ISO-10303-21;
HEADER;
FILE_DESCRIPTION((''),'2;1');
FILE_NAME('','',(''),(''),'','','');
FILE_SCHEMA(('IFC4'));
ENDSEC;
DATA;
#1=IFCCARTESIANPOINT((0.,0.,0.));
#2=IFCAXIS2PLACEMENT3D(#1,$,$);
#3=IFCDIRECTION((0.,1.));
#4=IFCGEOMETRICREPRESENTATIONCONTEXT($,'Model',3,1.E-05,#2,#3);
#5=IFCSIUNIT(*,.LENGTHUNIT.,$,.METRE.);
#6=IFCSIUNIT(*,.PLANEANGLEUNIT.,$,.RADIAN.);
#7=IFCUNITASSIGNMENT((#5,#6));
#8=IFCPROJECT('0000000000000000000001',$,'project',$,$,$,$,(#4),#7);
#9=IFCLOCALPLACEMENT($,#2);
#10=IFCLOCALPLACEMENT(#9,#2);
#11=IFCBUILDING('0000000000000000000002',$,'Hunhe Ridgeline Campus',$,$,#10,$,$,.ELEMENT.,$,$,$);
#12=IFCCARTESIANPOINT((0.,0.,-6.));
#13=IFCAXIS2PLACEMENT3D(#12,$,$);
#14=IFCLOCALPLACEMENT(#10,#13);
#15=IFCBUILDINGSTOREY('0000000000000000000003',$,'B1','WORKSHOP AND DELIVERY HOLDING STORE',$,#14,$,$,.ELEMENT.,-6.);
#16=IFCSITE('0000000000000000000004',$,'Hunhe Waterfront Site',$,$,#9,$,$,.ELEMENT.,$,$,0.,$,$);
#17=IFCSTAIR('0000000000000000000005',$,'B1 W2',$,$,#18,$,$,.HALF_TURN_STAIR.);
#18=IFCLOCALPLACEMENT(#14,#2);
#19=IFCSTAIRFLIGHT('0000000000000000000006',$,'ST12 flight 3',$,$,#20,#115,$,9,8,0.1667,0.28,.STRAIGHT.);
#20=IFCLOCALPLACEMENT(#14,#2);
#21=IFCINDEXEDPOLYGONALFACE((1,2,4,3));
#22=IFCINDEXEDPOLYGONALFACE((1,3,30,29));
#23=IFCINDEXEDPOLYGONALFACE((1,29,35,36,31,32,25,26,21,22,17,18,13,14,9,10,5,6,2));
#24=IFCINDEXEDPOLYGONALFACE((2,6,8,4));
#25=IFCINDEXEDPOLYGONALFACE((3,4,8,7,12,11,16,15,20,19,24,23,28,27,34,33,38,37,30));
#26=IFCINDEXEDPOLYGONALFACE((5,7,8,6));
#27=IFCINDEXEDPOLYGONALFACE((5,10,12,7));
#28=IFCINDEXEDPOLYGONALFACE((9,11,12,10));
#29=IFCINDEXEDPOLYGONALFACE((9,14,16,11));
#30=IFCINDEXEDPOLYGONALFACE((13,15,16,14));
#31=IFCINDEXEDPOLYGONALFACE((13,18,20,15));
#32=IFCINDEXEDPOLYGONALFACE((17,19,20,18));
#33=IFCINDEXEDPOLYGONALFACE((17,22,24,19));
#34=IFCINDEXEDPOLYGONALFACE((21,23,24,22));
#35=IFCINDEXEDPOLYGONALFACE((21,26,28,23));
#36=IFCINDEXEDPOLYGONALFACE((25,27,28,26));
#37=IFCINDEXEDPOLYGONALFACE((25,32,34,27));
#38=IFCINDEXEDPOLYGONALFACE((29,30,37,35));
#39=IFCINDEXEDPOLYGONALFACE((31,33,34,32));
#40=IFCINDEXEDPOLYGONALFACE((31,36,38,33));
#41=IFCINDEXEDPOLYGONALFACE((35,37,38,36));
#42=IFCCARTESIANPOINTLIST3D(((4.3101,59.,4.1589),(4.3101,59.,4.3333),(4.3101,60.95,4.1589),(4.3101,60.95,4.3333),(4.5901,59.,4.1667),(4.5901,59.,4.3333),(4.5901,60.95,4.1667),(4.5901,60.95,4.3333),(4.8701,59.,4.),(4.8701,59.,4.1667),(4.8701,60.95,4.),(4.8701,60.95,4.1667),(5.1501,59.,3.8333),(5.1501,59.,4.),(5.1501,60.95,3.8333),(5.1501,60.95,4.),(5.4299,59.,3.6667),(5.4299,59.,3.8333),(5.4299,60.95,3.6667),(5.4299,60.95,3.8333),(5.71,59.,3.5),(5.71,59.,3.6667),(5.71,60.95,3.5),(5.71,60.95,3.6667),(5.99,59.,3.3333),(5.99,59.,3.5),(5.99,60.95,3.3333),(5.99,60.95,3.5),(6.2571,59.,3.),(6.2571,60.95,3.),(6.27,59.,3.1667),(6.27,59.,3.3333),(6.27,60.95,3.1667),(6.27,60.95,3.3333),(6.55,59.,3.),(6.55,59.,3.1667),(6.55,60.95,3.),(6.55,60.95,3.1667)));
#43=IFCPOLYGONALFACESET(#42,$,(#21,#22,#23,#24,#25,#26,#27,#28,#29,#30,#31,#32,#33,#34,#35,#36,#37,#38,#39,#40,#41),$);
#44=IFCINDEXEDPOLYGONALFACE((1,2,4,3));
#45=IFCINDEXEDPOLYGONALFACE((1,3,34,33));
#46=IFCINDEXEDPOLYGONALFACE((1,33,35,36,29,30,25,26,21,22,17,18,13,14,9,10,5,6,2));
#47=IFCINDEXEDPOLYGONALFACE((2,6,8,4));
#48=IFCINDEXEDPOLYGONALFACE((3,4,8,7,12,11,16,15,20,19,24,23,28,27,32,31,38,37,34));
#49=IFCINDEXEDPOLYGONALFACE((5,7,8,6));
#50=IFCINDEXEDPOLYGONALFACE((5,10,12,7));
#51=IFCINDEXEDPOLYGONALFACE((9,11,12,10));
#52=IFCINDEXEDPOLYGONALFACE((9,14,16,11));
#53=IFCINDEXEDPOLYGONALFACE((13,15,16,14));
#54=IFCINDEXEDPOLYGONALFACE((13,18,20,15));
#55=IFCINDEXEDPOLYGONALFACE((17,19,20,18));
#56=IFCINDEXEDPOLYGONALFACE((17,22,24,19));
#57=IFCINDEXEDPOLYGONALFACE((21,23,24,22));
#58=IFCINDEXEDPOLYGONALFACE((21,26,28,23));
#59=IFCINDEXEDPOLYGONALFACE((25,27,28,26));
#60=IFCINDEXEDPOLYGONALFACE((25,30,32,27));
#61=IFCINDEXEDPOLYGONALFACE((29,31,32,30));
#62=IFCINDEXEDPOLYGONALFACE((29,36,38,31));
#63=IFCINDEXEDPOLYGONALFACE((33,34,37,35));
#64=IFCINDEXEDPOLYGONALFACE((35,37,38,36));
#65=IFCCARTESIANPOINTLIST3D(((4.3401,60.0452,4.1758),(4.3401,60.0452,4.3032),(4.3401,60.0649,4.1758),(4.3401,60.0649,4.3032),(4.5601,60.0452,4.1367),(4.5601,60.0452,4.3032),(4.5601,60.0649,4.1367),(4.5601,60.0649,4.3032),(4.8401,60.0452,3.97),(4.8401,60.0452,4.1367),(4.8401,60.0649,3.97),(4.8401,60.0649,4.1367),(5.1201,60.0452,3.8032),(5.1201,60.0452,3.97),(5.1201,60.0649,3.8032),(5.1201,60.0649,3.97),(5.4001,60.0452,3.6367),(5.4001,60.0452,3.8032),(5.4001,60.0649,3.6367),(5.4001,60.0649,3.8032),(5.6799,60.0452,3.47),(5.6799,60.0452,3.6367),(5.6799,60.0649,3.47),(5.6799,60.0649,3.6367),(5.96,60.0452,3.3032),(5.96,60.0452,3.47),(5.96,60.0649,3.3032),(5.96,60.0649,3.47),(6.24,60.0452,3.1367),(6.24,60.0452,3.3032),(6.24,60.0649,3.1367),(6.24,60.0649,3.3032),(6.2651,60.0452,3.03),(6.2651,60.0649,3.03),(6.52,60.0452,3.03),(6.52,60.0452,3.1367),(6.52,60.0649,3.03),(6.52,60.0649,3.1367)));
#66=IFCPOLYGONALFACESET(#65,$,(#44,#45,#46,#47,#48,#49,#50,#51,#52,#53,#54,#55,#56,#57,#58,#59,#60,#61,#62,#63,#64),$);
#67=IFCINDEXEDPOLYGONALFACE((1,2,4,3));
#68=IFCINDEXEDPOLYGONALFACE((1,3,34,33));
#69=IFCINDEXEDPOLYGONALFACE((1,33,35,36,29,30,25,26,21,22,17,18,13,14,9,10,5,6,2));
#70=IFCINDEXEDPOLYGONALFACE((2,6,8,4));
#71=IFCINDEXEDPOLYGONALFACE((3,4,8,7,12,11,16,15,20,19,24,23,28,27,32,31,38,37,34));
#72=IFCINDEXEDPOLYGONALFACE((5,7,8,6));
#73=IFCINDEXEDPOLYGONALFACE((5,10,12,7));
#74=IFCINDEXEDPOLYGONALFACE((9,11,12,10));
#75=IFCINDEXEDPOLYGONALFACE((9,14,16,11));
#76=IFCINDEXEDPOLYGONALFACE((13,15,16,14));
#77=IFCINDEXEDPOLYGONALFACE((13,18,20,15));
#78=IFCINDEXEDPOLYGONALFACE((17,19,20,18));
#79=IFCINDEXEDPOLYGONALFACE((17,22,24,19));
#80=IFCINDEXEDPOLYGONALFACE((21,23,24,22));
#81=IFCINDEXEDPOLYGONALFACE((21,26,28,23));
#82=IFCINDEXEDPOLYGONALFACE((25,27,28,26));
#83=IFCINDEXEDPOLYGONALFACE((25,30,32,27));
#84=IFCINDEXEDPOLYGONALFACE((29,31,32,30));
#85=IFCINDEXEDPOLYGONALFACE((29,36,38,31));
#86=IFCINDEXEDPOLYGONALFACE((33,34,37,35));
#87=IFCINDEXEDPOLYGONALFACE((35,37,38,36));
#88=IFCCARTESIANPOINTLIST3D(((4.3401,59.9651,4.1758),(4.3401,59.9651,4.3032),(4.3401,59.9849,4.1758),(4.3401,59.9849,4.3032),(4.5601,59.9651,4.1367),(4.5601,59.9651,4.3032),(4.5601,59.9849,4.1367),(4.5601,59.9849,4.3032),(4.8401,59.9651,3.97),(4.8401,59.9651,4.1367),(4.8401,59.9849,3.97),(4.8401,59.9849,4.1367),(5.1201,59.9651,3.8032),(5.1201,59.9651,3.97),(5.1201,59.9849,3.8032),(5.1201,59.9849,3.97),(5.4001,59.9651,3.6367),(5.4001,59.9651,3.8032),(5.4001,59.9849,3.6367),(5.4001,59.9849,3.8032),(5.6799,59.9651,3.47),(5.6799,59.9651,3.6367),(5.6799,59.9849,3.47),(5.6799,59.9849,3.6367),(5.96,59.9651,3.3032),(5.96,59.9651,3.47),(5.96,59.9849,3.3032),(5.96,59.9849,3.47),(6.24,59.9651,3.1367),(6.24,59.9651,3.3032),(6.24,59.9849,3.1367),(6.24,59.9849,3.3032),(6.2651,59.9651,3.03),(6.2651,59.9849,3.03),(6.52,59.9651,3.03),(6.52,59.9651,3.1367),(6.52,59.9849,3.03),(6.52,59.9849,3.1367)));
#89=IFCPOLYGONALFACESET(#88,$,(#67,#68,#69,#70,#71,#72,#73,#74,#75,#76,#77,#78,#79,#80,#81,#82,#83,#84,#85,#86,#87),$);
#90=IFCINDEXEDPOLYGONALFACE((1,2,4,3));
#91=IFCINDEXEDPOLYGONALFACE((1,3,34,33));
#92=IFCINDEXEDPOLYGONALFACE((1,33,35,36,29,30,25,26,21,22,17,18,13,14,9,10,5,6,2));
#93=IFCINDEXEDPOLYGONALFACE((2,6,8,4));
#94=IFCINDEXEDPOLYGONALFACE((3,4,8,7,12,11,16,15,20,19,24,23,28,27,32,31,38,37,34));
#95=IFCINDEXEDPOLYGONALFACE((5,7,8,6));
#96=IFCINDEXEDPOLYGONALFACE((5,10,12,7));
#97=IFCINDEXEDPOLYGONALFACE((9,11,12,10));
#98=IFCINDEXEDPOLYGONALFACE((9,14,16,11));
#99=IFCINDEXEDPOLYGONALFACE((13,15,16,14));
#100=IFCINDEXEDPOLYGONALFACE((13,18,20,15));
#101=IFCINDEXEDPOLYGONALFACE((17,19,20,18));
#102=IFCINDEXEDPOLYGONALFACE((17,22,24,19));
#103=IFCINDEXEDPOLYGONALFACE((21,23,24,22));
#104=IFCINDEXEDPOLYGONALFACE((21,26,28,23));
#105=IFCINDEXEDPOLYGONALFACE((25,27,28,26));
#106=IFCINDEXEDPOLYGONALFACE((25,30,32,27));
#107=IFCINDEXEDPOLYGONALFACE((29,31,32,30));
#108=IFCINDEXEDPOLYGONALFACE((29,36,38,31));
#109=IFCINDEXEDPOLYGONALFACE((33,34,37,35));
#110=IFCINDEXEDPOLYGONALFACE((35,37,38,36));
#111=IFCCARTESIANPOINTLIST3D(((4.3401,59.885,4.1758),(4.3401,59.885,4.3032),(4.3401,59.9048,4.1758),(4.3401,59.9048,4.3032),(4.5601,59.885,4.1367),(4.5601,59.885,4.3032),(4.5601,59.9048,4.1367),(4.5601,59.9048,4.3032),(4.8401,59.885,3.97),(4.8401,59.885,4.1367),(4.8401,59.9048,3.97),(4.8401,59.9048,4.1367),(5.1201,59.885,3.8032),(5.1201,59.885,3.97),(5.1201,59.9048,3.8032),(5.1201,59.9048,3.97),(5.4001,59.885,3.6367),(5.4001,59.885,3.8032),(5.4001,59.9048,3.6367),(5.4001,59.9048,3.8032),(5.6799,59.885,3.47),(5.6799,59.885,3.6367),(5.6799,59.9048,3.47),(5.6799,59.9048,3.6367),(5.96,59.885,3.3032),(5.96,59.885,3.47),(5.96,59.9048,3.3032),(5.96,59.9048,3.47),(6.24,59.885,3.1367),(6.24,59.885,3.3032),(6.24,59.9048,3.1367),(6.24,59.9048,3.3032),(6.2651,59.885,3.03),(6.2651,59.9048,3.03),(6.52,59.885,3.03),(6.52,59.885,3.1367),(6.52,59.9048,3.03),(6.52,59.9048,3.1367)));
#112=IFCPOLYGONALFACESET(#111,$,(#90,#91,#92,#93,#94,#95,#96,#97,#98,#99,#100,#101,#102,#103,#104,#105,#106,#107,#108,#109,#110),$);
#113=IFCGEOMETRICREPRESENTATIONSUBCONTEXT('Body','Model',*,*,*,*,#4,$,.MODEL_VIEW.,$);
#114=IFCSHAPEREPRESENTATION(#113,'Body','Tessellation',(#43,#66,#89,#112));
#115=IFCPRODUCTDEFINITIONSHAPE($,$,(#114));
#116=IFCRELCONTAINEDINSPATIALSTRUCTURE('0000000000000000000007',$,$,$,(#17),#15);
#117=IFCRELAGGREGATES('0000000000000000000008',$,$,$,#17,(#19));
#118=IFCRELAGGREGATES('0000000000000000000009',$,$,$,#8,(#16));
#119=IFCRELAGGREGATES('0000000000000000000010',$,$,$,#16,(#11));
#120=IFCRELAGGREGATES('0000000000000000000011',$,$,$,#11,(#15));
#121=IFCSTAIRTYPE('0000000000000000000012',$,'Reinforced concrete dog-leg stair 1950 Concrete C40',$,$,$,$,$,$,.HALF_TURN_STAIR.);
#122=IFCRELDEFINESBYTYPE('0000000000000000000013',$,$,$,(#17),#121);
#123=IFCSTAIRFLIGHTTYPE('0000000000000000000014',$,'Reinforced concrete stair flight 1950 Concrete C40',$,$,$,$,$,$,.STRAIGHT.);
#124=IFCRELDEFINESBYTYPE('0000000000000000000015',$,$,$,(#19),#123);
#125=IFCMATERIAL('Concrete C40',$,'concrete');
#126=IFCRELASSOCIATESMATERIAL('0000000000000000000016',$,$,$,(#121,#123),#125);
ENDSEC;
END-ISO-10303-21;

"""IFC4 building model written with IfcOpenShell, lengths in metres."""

from ifc_helpers import new_model, si_unit, direction, frame, origin, place, context, subcontext, project, spatial, polyline, outline, extrude, material, type_object, element, aggregate, save


model = new_model("IFC4")

# Units and contexts
model_context = context("Model", 3, precision=1e-05, world=origin(), true_north=direction((0.0, 1.0)))
body_context = subcontext(model_context, "Body", "Model", "MODEL_VIEW")
ifc_project = project(units=[si_unit("LENGTHUNIT", "METRE"), si_unit("PLANEANGLEUNIT", "RADIAN")], contexts=[model_context])

# Site, building, storey
site_placement = place(None, origin())
site = spatial("IfcSite", under=ifc_project, at=site_placement, Name="Hunhe Waterfront Site", CompositionType="ELEMENT", RefElevation=0.0)
building_placement = place(site_placement, origin())
building = spatial("IfcBuilding", under=site, at=building_placement, Name="Hunhe Ridgeline Campus", CompositionType="ELEMENT")
storey_placement = place(building_placement, frame((0.0, 0.0, -6.0)))
storey = spatial("IfcBuildingStorey", under=building, at=storey_placement, Name="B1", Description="WORKSHOP AND DELIVERY HOLDING STORE", CompositionType="ELEMENT", Elevation=-6.0)

# Stair, stair flight
ifc_material_1 = material(Name="Concrete C40", Category="concrete")
stair_type = type_object("IfcStairType", Name="Reinforced concrete dog-leg stair 1950 Concrete C40", PredefinedType="HALF_TURN_STAIR", material=ifc_material_1)
stair_placement = place(storey_placement, origin())
stair = element("IfcStair", 1, at=stair_placement, inside=storey, type_object=stair_type, Name="B1 W2", PredefinedType="HALF_TURN_STAIR")
stair_flight_type = type_object("IfcStairFlightType", Name="Reinforced concrete stair flight 1950 Concrete C40", PredefinedType="STRAIGHT", material=ifc_material_1)
stair_flight_1_placement = place(storey_placement, frame((6.55, 59.9751, 3.0), z_axis=(0.0, 0.0, 1.0), x_axis=(-1.0, 0.0, 0.0)))
stair_flight_1 = element("IfcStairFlight", 2, at=stair_flight_1_placement, type_object=stair_flight_type, Name="ST12 flight 3", NumberOfRisers=9, NumberOfTreads=8, PredefinedType="STRAIGHT", RiserHeight=0.1667, TreadLength=0.28, context=body_context, shape_type="SweptSolid", body=[
    extrude(outline(polyline([(0.0, 0.0), (0.0, 0.1667), (0.28, 0.1667), (0.28, 0.3333), (0.5601, 0.3333), (0.5601, 0.5), (0.8401, 0.5), (0.8401, 0.6667), (1.1201, 0.6667), (1.1201, 0.8333), (1.3999, 0.8333), (1.3999, 1.0), (1.6799, 1.0), (1.6799, 1.1667), (1.96, 1.1667), (1.96, 1.3333), (2.24, 1.3333), (2.24, 1.5), (2.24, 1.1589), (0.293, 0.0), (0.0, 0.0)])), frame((0.0, 0.9751, 0.0), z_axis=(0.0, -1.0, 0.0), x_axis=(1.0, 0.0, 0.0)), (0.0, 0.0, 1.0), 1.95),
    extrude(outline(polyline([(0.03, 0.03), (0.03, 0.1367), (0.3101, 0.1367), (0.3101, 0.3032), (0.5901, 0.3032), (0.5901, 0.47), (0.8701, 0.47), (0.8701, 0.6367), (1.1499, 0.6367), (1.1499, 0.8032), (1.4299, 0.8032), (1.4299, 0.97), (1.71, 0.97), (1.71, 1.1367), (1.99, 1.1367), (1.99, 1.3032), (2.21, 1.3032), (2.21, 1.1758), (0.2849, 0.03), (0.03, 0.03)])), frame((0.0, -0.0701, 0.0), z_axis=(0.0, -1.0, 0.0), x_axis=(1.0, 0.0, 0.0)), (0.0, 0.0, 1.0), 0.0198),
    extrude(outline(polyline([(0.03, 0.03), (0.03, 0.1367), (0.3101, 0.1367), (0.3101, 0.3032), (0.5901, 0.3032), (0.5901, 0.47), (0.8701, 0.47), (0.8701, 0.6367), (1.1499, 0.6367), (1.1499, 0.8032), (1.4299, 0.8032), (1.4299, 0.97), (1.71, 0.97), (1.71, 1.1367), (1.99, 1.1367), (1.99, 1.3032), (2.21, 1.3032), (2.21, 1.1758), (0.2849, 0.03), (0.03, 0.03)])), frame((0.0, 0.01, 0.0), z_axis=(0.0, -1.0, 0.0), x_axis=(1.0, 0.0, 0.0)), (0.0, 0.0, 1.0), 0.0198),
    extrude(outline(polyline([(0.03, 0.03), (0.03, 0.1367), (0.3101, 0.1367), (0.3101, 0.3032), (0.5901, 0.3032), (0.5901, 0.47), (0.8701, 0.47), (0.8701, 0.6367), (1.1499, 0.6367), (1.1499, 0.8032), (1.4299, 0.8032), (1.4299, 0.97), (1.71, 0.97), (1.71, 1.1367), (1.99, 1.1367), (1.99, 1.3032), (2.21, 1.3032), (2.21, 1.1758), (0.2849, 0.03), (0.03, 0.03)])), frame((0.0, 0.0901, 0.0), z_axis=(0.0, -1.0, 0.0), x_axis=(1.0, 0.0, 0.0)), (0.0, 0.0, 1.0), 0.0198),
])
aggregate(stair, [stair_flight_1])

save(model, "model.ifc")
